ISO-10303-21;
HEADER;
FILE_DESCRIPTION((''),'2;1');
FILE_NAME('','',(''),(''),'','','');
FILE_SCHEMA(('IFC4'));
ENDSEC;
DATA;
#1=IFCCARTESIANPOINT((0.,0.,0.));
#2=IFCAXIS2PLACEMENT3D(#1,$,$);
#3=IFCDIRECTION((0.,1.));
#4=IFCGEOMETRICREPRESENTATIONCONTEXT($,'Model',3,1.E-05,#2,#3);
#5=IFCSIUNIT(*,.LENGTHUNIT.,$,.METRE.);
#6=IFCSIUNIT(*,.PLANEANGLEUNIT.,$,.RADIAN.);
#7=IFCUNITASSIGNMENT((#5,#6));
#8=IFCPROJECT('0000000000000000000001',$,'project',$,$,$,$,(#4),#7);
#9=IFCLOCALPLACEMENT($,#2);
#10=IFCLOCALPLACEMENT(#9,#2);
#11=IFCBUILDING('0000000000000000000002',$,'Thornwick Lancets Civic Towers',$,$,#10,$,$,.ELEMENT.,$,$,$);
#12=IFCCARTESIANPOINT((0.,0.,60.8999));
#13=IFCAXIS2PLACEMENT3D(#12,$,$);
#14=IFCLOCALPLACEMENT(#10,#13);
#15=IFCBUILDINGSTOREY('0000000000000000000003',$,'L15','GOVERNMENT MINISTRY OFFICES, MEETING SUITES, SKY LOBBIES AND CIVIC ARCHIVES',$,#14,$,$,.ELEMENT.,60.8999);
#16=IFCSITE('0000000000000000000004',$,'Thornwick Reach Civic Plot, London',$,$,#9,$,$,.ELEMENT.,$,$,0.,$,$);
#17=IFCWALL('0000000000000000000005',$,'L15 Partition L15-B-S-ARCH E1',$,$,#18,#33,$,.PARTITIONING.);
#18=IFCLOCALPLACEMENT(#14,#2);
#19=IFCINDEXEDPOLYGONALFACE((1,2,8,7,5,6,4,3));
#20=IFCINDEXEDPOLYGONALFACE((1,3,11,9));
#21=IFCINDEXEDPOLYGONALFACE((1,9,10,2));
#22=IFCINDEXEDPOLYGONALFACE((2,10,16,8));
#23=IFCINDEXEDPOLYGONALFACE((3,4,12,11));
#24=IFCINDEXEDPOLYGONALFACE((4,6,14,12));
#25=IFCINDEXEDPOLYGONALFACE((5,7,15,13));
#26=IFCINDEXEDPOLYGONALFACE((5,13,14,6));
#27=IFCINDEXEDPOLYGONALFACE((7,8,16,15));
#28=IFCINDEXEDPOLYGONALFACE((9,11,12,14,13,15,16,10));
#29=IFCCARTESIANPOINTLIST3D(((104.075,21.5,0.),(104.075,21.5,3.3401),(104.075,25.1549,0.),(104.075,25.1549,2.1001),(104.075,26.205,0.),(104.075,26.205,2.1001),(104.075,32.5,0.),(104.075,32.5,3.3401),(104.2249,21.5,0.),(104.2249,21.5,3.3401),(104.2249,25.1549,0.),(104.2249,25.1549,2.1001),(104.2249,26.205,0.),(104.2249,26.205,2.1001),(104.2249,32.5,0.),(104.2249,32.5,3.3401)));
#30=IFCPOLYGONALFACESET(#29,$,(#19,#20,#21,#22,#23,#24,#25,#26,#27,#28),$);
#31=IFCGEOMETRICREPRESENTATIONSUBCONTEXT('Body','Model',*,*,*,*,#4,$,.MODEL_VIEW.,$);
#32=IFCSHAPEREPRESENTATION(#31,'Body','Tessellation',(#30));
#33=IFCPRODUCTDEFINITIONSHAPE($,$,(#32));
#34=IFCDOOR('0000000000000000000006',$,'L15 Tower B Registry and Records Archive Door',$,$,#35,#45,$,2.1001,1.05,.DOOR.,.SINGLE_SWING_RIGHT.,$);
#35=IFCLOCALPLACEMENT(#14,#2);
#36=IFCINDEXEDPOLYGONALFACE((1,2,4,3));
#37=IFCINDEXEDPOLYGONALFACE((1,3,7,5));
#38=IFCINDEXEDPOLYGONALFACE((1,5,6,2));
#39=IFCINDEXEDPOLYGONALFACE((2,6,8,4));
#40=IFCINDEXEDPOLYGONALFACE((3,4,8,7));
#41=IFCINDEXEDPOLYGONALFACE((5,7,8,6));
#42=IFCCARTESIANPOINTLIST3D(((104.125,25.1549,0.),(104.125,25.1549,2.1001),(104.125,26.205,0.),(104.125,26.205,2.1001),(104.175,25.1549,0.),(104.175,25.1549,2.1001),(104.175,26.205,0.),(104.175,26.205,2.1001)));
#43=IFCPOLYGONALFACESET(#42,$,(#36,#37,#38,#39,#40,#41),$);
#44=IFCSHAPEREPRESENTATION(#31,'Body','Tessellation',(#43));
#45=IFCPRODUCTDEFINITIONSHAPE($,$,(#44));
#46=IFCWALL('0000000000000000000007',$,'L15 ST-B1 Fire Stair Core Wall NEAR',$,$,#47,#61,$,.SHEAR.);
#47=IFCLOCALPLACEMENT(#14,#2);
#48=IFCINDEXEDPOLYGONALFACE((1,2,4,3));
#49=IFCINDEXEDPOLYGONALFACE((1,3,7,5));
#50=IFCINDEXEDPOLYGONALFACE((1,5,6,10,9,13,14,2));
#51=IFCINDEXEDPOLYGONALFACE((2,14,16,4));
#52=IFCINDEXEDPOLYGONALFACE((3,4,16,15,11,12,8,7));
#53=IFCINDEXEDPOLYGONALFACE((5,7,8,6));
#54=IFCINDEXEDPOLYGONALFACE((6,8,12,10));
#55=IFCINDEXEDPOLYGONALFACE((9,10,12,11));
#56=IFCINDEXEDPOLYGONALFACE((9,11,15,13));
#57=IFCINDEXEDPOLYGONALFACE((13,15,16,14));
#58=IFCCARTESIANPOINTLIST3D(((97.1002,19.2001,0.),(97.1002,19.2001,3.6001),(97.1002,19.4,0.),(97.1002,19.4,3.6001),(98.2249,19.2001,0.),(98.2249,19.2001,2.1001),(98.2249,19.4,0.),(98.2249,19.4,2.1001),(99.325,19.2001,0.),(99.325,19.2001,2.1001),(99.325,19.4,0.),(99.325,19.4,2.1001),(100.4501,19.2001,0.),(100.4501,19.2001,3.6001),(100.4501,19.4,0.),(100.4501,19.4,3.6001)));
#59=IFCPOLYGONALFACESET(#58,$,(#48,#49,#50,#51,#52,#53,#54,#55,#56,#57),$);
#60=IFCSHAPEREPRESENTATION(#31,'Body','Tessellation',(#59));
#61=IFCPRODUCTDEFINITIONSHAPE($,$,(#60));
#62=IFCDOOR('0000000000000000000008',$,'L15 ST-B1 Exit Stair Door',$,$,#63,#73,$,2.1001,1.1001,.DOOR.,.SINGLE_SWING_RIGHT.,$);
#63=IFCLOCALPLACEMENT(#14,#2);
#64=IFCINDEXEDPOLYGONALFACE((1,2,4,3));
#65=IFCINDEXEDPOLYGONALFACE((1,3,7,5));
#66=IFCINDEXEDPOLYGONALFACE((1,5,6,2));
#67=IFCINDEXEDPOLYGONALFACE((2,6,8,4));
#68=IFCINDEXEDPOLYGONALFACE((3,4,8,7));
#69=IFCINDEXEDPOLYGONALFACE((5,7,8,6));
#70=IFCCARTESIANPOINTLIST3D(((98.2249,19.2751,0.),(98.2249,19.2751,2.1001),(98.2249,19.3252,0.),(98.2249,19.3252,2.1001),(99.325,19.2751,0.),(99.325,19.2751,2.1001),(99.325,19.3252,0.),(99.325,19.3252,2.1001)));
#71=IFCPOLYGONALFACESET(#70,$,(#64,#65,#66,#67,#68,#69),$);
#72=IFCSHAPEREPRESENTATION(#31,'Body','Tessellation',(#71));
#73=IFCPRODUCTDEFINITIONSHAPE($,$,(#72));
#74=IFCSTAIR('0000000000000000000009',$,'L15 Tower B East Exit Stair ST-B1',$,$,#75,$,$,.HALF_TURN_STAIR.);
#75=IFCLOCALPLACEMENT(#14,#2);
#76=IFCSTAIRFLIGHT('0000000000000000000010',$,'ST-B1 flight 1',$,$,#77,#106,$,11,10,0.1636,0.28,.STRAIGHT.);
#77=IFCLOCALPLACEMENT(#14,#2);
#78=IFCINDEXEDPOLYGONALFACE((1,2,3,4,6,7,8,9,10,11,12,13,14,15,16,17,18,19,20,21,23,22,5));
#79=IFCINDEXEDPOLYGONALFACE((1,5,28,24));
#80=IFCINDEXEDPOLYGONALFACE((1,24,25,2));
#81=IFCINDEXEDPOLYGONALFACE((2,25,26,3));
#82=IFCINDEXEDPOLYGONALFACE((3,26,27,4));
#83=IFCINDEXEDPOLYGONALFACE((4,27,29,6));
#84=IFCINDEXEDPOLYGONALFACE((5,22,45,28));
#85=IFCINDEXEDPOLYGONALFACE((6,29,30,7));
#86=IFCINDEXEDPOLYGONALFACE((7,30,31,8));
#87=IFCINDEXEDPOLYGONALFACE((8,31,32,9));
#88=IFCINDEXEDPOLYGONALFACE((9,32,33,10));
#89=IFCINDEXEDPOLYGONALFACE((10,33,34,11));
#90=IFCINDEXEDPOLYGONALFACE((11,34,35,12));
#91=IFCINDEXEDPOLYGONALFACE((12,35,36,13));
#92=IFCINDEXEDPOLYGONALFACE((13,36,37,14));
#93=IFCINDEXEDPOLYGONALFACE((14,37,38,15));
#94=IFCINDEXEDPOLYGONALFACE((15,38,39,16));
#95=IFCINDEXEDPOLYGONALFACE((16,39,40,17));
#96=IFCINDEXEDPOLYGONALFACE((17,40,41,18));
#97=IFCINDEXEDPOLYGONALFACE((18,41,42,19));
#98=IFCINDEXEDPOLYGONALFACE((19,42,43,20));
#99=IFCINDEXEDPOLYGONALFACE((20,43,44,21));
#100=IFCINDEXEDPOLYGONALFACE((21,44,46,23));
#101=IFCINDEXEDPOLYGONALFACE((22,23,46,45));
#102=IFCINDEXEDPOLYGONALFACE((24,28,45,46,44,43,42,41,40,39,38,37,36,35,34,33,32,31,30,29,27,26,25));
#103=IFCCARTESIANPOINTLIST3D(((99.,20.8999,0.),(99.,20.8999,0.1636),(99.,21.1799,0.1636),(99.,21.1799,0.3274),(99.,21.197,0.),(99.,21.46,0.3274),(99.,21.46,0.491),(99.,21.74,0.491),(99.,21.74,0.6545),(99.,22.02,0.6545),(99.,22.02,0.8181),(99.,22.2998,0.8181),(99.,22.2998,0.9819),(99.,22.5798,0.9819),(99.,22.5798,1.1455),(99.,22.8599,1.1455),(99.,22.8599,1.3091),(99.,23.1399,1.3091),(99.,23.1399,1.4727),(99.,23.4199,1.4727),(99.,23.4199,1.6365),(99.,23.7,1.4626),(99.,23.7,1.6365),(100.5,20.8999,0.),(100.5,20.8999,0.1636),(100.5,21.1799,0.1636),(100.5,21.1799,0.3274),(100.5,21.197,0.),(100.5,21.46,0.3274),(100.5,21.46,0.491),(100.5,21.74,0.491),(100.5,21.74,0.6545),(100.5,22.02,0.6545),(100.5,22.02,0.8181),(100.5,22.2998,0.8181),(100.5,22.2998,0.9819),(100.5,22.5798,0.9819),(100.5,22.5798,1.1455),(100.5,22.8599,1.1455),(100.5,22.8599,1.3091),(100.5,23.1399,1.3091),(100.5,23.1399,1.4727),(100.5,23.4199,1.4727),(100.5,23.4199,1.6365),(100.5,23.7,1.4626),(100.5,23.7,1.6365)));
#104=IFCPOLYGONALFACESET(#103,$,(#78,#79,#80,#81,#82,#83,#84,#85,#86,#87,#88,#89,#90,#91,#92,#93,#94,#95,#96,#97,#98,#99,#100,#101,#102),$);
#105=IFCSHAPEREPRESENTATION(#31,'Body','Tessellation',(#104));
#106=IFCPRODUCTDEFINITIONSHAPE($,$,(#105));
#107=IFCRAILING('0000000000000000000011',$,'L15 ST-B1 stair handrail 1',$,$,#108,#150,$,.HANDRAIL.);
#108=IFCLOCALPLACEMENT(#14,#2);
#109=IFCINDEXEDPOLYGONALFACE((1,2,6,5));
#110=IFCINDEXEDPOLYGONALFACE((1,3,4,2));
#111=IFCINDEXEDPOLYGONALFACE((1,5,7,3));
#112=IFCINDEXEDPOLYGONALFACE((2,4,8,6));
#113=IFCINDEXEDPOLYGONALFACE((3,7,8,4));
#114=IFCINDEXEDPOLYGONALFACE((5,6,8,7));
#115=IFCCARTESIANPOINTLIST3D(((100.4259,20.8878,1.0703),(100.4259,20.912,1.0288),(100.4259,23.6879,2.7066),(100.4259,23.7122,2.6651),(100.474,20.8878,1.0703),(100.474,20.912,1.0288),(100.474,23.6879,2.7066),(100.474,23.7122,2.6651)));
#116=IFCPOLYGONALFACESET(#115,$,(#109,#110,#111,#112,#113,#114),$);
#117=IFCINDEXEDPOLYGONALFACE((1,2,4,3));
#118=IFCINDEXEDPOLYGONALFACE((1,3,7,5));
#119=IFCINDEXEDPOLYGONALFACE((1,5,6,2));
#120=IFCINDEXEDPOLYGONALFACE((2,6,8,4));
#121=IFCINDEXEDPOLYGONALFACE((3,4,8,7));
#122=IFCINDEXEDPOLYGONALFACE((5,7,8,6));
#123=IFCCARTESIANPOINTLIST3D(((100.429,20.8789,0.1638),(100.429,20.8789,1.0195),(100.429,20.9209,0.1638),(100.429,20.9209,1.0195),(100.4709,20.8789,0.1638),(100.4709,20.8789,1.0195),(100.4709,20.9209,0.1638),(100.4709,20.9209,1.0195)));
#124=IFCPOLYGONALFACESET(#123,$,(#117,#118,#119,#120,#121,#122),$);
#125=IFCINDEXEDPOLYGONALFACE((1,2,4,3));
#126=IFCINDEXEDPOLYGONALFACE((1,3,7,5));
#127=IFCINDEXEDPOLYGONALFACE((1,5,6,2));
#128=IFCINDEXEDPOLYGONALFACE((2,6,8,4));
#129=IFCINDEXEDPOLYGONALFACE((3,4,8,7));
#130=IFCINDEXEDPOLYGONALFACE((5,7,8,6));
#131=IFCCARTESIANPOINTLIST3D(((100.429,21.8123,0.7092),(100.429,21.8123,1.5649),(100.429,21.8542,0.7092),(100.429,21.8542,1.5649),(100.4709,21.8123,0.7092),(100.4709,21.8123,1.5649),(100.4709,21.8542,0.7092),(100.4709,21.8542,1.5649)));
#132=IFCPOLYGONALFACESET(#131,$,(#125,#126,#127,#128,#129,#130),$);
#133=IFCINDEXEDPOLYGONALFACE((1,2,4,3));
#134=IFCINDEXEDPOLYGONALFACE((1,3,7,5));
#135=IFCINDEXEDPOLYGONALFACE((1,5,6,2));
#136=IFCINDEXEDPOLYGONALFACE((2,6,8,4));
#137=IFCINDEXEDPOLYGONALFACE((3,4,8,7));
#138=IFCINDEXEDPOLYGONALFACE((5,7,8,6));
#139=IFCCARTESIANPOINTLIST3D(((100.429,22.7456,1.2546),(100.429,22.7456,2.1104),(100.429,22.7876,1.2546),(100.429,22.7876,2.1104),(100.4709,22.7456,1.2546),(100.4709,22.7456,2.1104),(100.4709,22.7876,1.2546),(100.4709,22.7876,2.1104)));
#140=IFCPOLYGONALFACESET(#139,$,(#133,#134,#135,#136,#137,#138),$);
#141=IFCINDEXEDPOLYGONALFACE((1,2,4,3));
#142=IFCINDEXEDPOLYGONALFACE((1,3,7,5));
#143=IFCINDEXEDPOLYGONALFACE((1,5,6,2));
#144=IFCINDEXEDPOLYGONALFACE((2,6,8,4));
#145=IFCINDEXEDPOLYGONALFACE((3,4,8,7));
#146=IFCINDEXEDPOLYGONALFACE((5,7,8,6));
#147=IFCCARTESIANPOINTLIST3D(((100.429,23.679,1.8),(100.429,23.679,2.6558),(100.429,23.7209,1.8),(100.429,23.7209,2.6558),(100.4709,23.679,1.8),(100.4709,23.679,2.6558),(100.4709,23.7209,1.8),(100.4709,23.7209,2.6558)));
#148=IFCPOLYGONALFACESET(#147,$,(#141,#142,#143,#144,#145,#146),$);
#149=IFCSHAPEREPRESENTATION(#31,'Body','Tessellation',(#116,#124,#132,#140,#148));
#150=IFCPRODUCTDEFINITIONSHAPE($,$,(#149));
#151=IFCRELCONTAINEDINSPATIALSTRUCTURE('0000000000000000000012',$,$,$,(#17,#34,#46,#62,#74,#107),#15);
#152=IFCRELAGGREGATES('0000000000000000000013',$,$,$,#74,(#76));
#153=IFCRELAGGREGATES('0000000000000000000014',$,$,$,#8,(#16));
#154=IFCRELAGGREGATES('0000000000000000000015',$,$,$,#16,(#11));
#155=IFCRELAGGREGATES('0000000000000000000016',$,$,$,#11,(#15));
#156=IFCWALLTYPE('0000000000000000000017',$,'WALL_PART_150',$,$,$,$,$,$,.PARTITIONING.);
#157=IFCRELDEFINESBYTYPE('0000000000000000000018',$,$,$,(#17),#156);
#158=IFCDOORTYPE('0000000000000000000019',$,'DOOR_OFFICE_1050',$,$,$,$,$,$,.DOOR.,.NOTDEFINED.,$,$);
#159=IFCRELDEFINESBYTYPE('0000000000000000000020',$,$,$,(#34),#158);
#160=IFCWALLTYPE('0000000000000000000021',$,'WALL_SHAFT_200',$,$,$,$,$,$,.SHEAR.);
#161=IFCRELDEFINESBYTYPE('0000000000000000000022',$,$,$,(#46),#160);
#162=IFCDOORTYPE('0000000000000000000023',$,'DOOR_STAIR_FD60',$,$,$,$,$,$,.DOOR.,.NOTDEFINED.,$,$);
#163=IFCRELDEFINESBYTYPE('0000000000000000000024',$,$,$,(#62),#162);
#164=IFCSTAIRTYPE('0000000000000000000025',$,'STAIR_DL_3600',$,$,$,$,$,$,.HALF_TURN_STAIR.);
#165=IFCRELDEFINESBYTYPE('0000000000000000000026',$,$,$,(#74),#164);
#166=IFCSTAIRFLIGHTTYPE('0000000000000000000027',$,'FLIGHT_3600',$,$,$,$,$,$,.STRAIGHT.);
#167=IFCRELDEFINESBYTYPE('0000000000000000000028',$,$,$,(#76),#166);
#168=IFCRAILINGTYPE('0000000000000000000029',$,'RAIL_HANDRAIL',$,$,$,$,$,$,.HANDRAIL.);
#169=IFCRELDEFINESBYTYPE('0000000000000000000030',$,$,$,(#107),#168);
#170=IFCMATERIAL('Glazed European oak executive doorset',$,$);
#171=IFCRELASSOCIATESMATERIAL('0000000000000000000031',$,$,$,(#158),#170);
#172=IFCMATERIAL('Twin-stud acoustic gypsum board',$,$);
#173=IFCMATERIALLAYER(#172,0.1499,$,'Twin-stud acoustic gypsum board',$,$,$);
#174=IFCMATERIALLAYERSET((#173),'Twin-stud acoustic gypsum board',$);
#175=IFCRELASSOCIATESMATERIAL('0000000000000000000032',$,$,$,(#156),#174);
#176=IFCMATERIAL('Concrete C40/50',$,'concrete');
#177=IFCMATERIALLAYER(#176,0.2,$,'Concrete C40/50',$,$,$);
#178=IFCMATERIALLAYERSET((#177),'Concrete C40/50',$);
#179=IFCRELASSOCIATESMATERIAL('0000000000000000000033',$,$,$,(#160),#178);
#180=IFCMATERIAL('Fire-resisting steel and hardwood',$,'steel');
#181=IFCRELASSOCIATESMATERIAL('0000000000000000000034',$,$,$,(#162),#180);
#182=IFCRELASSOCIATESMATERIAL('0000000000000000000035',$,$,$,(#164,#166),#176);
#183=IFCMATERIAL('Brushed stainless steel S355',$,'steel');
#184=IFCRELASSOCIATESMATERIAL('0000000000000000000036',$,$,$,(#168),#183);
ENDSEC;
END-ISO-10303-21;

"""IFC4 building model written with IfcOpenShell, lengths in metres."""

from ifc_helpers import new_model, si_unit, direction, frame, frame_2d, origin, origin_2d, place, context, subcontext, project, spatial, polyline, rectangle, outline, extrude, material, layer, layer_set, type_object, element, fill, aggregate, save


model = new_model("IFC4")

# Units and contexts
model_context = context("Model", 3, precision=1e-05, world=origin(), true_north=direction((0.0, 1.0)))
body_context = subcontext(model_context, "Body", "Model", "MODEL_VIEW")
ifc_project = project(units=[si_unit("LENGTHUNIT", "METRE"), si_unit("PLANEANGLEUNIT", "RADIAN")], contexts=[model_context])

# Site, building, storey
site_placement = place(None, origin())
site = spatial("IfcSite", under=ifc_project, at=site_placement, Name="Thornwick Reach Civic Plot, London", CompositionType="ELEMENT", RefElevation=0.0)
building_placement = place(site_placement, origin())
building = spatial("IfcBuilding", under=site, at=building_placement, Name="Thornwick Lancets Civic Towers", CompositionType="ELEMENT")
storey_placement = place(building_placement, frame((0.0, 0.0, 60.8999)))
storey = spatial("IfcBuildingStorey", under=building, at=storey_placement, Name="L15", Description="GOVERNMENT MINISTRY OFFICES, MEETING SUITES, SKY LOBBIES AND CIVIC ARCHIVES", CompositionType="ELEMENT", Elevation=60.8999)

# Shared definitions
ifc_material_1 = material(Name="Concrete C40/50", Category="concrete")

# Shared definitions
ifc_material_2 = material(Name="Glazed European oak executive doorset")
door_type_1 = type_object("IfcDoorType", Name="DOOR_OFFICE_1050", OperationType="NOTDEFINED", PredefinedType="DOOR", material=ifc_material_2)

# Walls, openings, doors
ifc_material_3 = material(Name="Twin-stud acoustic gypsum board")
ifc_layer_1 = layer(ifc_material_3, 0.1499, Name="Twin-stud acoustic gypsum board")
ifc_layer_set_1 = layer_set([ifc_layer_1], Name="Twin-stud acoustic gypsum board")
wall_type_1 = type_object("IfcWallType", Name="WALL_PART_150", PredefinedType="PARTITIONING", material=ifc_layer_set_1)
wall_1_placement = place(storey_placement, frame((104.1499, 21.5, 0.0), z_axis=(0.0, 0.0, 1.0), x_axis=(0.0, 1.0, 0.0)))
wall_1 = element("IfcWall", 1, at=wall_1_placement, inside=storey, type_object=wall_type_1, Name="L15 Partition L15-B-S-ARCH E1", PredefinedType="PARTITIONING", context=body_context, shape_type="SweptSolid", body=[
    extrude(rectangle(XDim=11.0, YDim=0.1499, at=frame_2d((5.5, 0.0))), origin(), (0.0, 0.0, 1.0), 3.3401),
])
opening_1_placement = place(wall_1_placement, frame((3.655, 0.0, 0.0)))
opening_1 = element("IfcOpeningElement", 2, at=opening_1_placement, cuts=wall_1, PredefinedType="OPENING", context=body_context, shape_type="SweptSolid", body=[
    extrude(rectangle(XDim=1.05, YDim=2.1001, at=frame_2d((0.5249, 1.05))), frame((0.0, 0.085, 0.0), z_axis=(0.0, -1.0, 0.0), x_axis=(1.0, 0.0, 0.0)), (0.0, 0.0, 1.0), 0.1699),
])
door_1_placement = place(opening_1_placement, origin())
door_1 = element("IfcDoor", 3, at=door_1_placement, inside=storey, type_object=door_type_1, Name="L15 Tower B Registry and Records Archive Door", OperationType="SINGLE_SWING_RIGHT", OverallHeight=2.1001, OverallWidth=1.05, PredefinedType="DOOR", context=body_context, shape_type="SweptSolid", body=[
    extrude(rectangle(XDim=1.05, YDim=2.1001, at=frame_2d((0.5249, 1.05))), frame((0.0, 0.0249, 0.0), z_axis=(0.0, -1.0, 0.0), x_axis=(1.0, 0.0, 0.0)), (0.0, 0.0, 1.0), 0.05),
])
fill(opening_1, door_1)
ifc_layer_2 = layer(ifc_material_1, 0.2, Name="Concrete C40/50")
ifc_layer_set_2 = layer_set([ifc_layer_2], Name="Concrete C40/50")
wall_type_2 = type_object("IfcWallType", Name="WALL_SHAFT_200", PredefinedType="SHEAR", material=ifc_layer_set_2)
wall_2_placement = place(storey_placement, frame((100.45, 19.3, 0.0), z_axis=(0.0, 0.0, 1.0), x_axis=(-1.0, 0.0, 0.0)))
wall_2 = element("IfcWall", 4, at=wall_2_placement, inside=storey, type_object=wall_type_2, Name="L15 ST-B1 Fire Stair Core Wall NEAR", PredefinedType="SHEAR", context=body_context, shape_type="SweptSolid", body=[
    extrude(rectangle(XDim=3.3499, YDim=0.2, at=frame_2d((1.6748, 0.0))), origin(), (0.0, 0.0, 1.0), 3.6001),
])
opening_2_placement = place(wall_2_placement, frame((1.125, 0.0, 0.0)))
opening_2 = element("IfcOpeningElement", 5, at=opening_2_placement, cuts=wall_2, PredefinedType="OPENING", context=body_context, shape_type="SweptSolid", body=[
    extrude(rectangle(XDim=1.1001, YDim=2.1001, at=frame_2d((0.55, 1.05))), frame((0.0, 0.1099, 0.0), z_axis=(0.0, -1.0, 0.0), x_axis=(1.0, 0.0, 0.0)), (0.0, 0.0, 1.0), 0.22),
])
ifc_material_4 = material(Name="Fire-resisting steel and hardwood", Category="steel")
door_type_2 = type_object("IfcDoorType", Name="DOOR_STAIR_FD60", OperationType="NOTDEFINED", PredefinedType="DOOR", material=ifc_material_4)
door_2_placement = place(opening_2_placement, origin())
door_2 = element("IfcDoor", 6, at=door_2_placement, inside=storey, type_object=door_type_2, Name="L15 ST-B1 Exit Stair Door", OperationType="SINGLE_SWING_RIGHT", OverallHeight=2.1001, OverallWidth=1.1001, PredefinedType="DOOR", context=body_context, shape_type="SweptSolid", body=[
    extrude(rectangle(XDim=1.1001, YDim=2.1001, at=frame_2d((0.55, 1.05))), frame((0.0, 0.0249, 0.0), z_axis=(0.0, -1.0, 0.0), x_axis=(1.0, 0.0, 0.0)), (0.0, 0.0, 1.0), 0.05),
])
fill(opening_2, door_2)

# Stair, stair flight
stair_type = type_object("IfcStairType", Name="STAIR_DL_3600", PredefinedType="HALF_TURN_STAIR", material=ifc_material_1)
stair_placement = place(storey_placement, origin())
stair = element("IfcStair", 7, at=stair_placement, inside=storey, type_object=stair_type, Name="L15 Tower B East Exit Stair ST-B1", PredefinedType="HALF_TURN_STAIR")
stair_flight_type = type_object("IfcStairFlightType", Name="FLIGHT_3600", PredefinedType="STRAIGHT", material=ifc_material_1)
stair_flight_placement = place(storey_placement, frame((99.75, 20.8999, 0.0), z_axis=(0.0, 0.0, 1.0), x_axis=(0.0, 1.0, 0.0)))
stair_flight = element("IfcStairFlight", 8, at=stair_flight_placement, type_object=stair_flight_type, Name="ST-B1 flight 1", NumberOfRisers=11, NumberOfTreads=10, PredefinedType="STRAIGHT", RiserHeight=0.1636, TreadLength=0.28, context=body_context, shape_type="SweptSolid", body=[
    extrude(outline(polyline([(0.0, 0.0), (0.0, 0.1636), (0.28, 0.1636), (0.28, 0.3274), (0.5601, 0.3274), (0.5601, 0.491), (0.8401, 0.491), (0.8401, 0.6545), (1.1201, 0.6545), (1.1201, 0.8181), (1.3999, 0.8181), (1.3999, 0.9819), (1.6799, 0.9819), (1.6799, 1.1455), (1.96, 1.1455), (1.96, 1.3091), (2.24, 1.3091), (2.24, 1.4727), (2.52, 1.4727), (2.52, 1.6365), (2.8, 1.6365), (2.8, 1.8), (2.8, 1.4626), (0.2971, 0.0), (0.0, 0.0)])), frame((0.0, 0.75, 0.0), z_axis=(0.0, -1.0, 0.0), x_axis=(1.0, 0.0, 0.0)), (0.0, 0.0, 1.0), 1.5),
])
aggregate(stair, [stair_flight])

# Railing
ifc_material_5 = material(Name="Brushed stainless steel S355", Category="steel")
railing_type_1 = type_object("IfcRailingType", Name="RAIL_HANDRAIL", PredefinedType="HANDRAIL", material=ifc_material_5)
railing_1_placement = place(storey_placement, frame((100.45, 20.8999, 0.1638)))
element("IfcRailing", 9, at=railing_1_placement, inside=storey, type_object=railing_type_1, Name="L15 ST-B1 stair handrail 1", PredefinedType="HANDRAIL", context=body_context, shape_type="SweptSolid", body=[
    extrude(rectangle(XDim=0.0481, YDim=0.0481, at=origin_2d()), frame((0.0, 0.0, 0.8857), z_axis=(0.0, 0.863394, 0.504531), x_axis=(-1.0, 0.0, 0.0)), (0.0, 0.0, 1.0), 3.2432),
    extrude(rectangle(XDim=0.042, YDim=0.042, at=origin_2d()), origin(), (0.0, 0.0, 1.0), 0.8557),
    extrude(rectangle(XDim=0.042, YDim=0.042, at=origin_2d()), frame((0.0, 0.9333, 0.5454)), (0.0, 0.0, 1.0), 0.8557),
    extrude(rectangle(XDim=0.042, YDim=0.042, at=origin_2d()), frame((0.0, 1.8667, 1.0908)), (0.0, 0.0, 1.0), 0.8557),
    extrude(rectangle(XDim=0.042, YDim=0.042, at=origin_2d()), frame((0.0, 2.8, 1.6362)), (0.0, 0.0, 1.0), 0.8557),
])

save(model, "model.ifc")
